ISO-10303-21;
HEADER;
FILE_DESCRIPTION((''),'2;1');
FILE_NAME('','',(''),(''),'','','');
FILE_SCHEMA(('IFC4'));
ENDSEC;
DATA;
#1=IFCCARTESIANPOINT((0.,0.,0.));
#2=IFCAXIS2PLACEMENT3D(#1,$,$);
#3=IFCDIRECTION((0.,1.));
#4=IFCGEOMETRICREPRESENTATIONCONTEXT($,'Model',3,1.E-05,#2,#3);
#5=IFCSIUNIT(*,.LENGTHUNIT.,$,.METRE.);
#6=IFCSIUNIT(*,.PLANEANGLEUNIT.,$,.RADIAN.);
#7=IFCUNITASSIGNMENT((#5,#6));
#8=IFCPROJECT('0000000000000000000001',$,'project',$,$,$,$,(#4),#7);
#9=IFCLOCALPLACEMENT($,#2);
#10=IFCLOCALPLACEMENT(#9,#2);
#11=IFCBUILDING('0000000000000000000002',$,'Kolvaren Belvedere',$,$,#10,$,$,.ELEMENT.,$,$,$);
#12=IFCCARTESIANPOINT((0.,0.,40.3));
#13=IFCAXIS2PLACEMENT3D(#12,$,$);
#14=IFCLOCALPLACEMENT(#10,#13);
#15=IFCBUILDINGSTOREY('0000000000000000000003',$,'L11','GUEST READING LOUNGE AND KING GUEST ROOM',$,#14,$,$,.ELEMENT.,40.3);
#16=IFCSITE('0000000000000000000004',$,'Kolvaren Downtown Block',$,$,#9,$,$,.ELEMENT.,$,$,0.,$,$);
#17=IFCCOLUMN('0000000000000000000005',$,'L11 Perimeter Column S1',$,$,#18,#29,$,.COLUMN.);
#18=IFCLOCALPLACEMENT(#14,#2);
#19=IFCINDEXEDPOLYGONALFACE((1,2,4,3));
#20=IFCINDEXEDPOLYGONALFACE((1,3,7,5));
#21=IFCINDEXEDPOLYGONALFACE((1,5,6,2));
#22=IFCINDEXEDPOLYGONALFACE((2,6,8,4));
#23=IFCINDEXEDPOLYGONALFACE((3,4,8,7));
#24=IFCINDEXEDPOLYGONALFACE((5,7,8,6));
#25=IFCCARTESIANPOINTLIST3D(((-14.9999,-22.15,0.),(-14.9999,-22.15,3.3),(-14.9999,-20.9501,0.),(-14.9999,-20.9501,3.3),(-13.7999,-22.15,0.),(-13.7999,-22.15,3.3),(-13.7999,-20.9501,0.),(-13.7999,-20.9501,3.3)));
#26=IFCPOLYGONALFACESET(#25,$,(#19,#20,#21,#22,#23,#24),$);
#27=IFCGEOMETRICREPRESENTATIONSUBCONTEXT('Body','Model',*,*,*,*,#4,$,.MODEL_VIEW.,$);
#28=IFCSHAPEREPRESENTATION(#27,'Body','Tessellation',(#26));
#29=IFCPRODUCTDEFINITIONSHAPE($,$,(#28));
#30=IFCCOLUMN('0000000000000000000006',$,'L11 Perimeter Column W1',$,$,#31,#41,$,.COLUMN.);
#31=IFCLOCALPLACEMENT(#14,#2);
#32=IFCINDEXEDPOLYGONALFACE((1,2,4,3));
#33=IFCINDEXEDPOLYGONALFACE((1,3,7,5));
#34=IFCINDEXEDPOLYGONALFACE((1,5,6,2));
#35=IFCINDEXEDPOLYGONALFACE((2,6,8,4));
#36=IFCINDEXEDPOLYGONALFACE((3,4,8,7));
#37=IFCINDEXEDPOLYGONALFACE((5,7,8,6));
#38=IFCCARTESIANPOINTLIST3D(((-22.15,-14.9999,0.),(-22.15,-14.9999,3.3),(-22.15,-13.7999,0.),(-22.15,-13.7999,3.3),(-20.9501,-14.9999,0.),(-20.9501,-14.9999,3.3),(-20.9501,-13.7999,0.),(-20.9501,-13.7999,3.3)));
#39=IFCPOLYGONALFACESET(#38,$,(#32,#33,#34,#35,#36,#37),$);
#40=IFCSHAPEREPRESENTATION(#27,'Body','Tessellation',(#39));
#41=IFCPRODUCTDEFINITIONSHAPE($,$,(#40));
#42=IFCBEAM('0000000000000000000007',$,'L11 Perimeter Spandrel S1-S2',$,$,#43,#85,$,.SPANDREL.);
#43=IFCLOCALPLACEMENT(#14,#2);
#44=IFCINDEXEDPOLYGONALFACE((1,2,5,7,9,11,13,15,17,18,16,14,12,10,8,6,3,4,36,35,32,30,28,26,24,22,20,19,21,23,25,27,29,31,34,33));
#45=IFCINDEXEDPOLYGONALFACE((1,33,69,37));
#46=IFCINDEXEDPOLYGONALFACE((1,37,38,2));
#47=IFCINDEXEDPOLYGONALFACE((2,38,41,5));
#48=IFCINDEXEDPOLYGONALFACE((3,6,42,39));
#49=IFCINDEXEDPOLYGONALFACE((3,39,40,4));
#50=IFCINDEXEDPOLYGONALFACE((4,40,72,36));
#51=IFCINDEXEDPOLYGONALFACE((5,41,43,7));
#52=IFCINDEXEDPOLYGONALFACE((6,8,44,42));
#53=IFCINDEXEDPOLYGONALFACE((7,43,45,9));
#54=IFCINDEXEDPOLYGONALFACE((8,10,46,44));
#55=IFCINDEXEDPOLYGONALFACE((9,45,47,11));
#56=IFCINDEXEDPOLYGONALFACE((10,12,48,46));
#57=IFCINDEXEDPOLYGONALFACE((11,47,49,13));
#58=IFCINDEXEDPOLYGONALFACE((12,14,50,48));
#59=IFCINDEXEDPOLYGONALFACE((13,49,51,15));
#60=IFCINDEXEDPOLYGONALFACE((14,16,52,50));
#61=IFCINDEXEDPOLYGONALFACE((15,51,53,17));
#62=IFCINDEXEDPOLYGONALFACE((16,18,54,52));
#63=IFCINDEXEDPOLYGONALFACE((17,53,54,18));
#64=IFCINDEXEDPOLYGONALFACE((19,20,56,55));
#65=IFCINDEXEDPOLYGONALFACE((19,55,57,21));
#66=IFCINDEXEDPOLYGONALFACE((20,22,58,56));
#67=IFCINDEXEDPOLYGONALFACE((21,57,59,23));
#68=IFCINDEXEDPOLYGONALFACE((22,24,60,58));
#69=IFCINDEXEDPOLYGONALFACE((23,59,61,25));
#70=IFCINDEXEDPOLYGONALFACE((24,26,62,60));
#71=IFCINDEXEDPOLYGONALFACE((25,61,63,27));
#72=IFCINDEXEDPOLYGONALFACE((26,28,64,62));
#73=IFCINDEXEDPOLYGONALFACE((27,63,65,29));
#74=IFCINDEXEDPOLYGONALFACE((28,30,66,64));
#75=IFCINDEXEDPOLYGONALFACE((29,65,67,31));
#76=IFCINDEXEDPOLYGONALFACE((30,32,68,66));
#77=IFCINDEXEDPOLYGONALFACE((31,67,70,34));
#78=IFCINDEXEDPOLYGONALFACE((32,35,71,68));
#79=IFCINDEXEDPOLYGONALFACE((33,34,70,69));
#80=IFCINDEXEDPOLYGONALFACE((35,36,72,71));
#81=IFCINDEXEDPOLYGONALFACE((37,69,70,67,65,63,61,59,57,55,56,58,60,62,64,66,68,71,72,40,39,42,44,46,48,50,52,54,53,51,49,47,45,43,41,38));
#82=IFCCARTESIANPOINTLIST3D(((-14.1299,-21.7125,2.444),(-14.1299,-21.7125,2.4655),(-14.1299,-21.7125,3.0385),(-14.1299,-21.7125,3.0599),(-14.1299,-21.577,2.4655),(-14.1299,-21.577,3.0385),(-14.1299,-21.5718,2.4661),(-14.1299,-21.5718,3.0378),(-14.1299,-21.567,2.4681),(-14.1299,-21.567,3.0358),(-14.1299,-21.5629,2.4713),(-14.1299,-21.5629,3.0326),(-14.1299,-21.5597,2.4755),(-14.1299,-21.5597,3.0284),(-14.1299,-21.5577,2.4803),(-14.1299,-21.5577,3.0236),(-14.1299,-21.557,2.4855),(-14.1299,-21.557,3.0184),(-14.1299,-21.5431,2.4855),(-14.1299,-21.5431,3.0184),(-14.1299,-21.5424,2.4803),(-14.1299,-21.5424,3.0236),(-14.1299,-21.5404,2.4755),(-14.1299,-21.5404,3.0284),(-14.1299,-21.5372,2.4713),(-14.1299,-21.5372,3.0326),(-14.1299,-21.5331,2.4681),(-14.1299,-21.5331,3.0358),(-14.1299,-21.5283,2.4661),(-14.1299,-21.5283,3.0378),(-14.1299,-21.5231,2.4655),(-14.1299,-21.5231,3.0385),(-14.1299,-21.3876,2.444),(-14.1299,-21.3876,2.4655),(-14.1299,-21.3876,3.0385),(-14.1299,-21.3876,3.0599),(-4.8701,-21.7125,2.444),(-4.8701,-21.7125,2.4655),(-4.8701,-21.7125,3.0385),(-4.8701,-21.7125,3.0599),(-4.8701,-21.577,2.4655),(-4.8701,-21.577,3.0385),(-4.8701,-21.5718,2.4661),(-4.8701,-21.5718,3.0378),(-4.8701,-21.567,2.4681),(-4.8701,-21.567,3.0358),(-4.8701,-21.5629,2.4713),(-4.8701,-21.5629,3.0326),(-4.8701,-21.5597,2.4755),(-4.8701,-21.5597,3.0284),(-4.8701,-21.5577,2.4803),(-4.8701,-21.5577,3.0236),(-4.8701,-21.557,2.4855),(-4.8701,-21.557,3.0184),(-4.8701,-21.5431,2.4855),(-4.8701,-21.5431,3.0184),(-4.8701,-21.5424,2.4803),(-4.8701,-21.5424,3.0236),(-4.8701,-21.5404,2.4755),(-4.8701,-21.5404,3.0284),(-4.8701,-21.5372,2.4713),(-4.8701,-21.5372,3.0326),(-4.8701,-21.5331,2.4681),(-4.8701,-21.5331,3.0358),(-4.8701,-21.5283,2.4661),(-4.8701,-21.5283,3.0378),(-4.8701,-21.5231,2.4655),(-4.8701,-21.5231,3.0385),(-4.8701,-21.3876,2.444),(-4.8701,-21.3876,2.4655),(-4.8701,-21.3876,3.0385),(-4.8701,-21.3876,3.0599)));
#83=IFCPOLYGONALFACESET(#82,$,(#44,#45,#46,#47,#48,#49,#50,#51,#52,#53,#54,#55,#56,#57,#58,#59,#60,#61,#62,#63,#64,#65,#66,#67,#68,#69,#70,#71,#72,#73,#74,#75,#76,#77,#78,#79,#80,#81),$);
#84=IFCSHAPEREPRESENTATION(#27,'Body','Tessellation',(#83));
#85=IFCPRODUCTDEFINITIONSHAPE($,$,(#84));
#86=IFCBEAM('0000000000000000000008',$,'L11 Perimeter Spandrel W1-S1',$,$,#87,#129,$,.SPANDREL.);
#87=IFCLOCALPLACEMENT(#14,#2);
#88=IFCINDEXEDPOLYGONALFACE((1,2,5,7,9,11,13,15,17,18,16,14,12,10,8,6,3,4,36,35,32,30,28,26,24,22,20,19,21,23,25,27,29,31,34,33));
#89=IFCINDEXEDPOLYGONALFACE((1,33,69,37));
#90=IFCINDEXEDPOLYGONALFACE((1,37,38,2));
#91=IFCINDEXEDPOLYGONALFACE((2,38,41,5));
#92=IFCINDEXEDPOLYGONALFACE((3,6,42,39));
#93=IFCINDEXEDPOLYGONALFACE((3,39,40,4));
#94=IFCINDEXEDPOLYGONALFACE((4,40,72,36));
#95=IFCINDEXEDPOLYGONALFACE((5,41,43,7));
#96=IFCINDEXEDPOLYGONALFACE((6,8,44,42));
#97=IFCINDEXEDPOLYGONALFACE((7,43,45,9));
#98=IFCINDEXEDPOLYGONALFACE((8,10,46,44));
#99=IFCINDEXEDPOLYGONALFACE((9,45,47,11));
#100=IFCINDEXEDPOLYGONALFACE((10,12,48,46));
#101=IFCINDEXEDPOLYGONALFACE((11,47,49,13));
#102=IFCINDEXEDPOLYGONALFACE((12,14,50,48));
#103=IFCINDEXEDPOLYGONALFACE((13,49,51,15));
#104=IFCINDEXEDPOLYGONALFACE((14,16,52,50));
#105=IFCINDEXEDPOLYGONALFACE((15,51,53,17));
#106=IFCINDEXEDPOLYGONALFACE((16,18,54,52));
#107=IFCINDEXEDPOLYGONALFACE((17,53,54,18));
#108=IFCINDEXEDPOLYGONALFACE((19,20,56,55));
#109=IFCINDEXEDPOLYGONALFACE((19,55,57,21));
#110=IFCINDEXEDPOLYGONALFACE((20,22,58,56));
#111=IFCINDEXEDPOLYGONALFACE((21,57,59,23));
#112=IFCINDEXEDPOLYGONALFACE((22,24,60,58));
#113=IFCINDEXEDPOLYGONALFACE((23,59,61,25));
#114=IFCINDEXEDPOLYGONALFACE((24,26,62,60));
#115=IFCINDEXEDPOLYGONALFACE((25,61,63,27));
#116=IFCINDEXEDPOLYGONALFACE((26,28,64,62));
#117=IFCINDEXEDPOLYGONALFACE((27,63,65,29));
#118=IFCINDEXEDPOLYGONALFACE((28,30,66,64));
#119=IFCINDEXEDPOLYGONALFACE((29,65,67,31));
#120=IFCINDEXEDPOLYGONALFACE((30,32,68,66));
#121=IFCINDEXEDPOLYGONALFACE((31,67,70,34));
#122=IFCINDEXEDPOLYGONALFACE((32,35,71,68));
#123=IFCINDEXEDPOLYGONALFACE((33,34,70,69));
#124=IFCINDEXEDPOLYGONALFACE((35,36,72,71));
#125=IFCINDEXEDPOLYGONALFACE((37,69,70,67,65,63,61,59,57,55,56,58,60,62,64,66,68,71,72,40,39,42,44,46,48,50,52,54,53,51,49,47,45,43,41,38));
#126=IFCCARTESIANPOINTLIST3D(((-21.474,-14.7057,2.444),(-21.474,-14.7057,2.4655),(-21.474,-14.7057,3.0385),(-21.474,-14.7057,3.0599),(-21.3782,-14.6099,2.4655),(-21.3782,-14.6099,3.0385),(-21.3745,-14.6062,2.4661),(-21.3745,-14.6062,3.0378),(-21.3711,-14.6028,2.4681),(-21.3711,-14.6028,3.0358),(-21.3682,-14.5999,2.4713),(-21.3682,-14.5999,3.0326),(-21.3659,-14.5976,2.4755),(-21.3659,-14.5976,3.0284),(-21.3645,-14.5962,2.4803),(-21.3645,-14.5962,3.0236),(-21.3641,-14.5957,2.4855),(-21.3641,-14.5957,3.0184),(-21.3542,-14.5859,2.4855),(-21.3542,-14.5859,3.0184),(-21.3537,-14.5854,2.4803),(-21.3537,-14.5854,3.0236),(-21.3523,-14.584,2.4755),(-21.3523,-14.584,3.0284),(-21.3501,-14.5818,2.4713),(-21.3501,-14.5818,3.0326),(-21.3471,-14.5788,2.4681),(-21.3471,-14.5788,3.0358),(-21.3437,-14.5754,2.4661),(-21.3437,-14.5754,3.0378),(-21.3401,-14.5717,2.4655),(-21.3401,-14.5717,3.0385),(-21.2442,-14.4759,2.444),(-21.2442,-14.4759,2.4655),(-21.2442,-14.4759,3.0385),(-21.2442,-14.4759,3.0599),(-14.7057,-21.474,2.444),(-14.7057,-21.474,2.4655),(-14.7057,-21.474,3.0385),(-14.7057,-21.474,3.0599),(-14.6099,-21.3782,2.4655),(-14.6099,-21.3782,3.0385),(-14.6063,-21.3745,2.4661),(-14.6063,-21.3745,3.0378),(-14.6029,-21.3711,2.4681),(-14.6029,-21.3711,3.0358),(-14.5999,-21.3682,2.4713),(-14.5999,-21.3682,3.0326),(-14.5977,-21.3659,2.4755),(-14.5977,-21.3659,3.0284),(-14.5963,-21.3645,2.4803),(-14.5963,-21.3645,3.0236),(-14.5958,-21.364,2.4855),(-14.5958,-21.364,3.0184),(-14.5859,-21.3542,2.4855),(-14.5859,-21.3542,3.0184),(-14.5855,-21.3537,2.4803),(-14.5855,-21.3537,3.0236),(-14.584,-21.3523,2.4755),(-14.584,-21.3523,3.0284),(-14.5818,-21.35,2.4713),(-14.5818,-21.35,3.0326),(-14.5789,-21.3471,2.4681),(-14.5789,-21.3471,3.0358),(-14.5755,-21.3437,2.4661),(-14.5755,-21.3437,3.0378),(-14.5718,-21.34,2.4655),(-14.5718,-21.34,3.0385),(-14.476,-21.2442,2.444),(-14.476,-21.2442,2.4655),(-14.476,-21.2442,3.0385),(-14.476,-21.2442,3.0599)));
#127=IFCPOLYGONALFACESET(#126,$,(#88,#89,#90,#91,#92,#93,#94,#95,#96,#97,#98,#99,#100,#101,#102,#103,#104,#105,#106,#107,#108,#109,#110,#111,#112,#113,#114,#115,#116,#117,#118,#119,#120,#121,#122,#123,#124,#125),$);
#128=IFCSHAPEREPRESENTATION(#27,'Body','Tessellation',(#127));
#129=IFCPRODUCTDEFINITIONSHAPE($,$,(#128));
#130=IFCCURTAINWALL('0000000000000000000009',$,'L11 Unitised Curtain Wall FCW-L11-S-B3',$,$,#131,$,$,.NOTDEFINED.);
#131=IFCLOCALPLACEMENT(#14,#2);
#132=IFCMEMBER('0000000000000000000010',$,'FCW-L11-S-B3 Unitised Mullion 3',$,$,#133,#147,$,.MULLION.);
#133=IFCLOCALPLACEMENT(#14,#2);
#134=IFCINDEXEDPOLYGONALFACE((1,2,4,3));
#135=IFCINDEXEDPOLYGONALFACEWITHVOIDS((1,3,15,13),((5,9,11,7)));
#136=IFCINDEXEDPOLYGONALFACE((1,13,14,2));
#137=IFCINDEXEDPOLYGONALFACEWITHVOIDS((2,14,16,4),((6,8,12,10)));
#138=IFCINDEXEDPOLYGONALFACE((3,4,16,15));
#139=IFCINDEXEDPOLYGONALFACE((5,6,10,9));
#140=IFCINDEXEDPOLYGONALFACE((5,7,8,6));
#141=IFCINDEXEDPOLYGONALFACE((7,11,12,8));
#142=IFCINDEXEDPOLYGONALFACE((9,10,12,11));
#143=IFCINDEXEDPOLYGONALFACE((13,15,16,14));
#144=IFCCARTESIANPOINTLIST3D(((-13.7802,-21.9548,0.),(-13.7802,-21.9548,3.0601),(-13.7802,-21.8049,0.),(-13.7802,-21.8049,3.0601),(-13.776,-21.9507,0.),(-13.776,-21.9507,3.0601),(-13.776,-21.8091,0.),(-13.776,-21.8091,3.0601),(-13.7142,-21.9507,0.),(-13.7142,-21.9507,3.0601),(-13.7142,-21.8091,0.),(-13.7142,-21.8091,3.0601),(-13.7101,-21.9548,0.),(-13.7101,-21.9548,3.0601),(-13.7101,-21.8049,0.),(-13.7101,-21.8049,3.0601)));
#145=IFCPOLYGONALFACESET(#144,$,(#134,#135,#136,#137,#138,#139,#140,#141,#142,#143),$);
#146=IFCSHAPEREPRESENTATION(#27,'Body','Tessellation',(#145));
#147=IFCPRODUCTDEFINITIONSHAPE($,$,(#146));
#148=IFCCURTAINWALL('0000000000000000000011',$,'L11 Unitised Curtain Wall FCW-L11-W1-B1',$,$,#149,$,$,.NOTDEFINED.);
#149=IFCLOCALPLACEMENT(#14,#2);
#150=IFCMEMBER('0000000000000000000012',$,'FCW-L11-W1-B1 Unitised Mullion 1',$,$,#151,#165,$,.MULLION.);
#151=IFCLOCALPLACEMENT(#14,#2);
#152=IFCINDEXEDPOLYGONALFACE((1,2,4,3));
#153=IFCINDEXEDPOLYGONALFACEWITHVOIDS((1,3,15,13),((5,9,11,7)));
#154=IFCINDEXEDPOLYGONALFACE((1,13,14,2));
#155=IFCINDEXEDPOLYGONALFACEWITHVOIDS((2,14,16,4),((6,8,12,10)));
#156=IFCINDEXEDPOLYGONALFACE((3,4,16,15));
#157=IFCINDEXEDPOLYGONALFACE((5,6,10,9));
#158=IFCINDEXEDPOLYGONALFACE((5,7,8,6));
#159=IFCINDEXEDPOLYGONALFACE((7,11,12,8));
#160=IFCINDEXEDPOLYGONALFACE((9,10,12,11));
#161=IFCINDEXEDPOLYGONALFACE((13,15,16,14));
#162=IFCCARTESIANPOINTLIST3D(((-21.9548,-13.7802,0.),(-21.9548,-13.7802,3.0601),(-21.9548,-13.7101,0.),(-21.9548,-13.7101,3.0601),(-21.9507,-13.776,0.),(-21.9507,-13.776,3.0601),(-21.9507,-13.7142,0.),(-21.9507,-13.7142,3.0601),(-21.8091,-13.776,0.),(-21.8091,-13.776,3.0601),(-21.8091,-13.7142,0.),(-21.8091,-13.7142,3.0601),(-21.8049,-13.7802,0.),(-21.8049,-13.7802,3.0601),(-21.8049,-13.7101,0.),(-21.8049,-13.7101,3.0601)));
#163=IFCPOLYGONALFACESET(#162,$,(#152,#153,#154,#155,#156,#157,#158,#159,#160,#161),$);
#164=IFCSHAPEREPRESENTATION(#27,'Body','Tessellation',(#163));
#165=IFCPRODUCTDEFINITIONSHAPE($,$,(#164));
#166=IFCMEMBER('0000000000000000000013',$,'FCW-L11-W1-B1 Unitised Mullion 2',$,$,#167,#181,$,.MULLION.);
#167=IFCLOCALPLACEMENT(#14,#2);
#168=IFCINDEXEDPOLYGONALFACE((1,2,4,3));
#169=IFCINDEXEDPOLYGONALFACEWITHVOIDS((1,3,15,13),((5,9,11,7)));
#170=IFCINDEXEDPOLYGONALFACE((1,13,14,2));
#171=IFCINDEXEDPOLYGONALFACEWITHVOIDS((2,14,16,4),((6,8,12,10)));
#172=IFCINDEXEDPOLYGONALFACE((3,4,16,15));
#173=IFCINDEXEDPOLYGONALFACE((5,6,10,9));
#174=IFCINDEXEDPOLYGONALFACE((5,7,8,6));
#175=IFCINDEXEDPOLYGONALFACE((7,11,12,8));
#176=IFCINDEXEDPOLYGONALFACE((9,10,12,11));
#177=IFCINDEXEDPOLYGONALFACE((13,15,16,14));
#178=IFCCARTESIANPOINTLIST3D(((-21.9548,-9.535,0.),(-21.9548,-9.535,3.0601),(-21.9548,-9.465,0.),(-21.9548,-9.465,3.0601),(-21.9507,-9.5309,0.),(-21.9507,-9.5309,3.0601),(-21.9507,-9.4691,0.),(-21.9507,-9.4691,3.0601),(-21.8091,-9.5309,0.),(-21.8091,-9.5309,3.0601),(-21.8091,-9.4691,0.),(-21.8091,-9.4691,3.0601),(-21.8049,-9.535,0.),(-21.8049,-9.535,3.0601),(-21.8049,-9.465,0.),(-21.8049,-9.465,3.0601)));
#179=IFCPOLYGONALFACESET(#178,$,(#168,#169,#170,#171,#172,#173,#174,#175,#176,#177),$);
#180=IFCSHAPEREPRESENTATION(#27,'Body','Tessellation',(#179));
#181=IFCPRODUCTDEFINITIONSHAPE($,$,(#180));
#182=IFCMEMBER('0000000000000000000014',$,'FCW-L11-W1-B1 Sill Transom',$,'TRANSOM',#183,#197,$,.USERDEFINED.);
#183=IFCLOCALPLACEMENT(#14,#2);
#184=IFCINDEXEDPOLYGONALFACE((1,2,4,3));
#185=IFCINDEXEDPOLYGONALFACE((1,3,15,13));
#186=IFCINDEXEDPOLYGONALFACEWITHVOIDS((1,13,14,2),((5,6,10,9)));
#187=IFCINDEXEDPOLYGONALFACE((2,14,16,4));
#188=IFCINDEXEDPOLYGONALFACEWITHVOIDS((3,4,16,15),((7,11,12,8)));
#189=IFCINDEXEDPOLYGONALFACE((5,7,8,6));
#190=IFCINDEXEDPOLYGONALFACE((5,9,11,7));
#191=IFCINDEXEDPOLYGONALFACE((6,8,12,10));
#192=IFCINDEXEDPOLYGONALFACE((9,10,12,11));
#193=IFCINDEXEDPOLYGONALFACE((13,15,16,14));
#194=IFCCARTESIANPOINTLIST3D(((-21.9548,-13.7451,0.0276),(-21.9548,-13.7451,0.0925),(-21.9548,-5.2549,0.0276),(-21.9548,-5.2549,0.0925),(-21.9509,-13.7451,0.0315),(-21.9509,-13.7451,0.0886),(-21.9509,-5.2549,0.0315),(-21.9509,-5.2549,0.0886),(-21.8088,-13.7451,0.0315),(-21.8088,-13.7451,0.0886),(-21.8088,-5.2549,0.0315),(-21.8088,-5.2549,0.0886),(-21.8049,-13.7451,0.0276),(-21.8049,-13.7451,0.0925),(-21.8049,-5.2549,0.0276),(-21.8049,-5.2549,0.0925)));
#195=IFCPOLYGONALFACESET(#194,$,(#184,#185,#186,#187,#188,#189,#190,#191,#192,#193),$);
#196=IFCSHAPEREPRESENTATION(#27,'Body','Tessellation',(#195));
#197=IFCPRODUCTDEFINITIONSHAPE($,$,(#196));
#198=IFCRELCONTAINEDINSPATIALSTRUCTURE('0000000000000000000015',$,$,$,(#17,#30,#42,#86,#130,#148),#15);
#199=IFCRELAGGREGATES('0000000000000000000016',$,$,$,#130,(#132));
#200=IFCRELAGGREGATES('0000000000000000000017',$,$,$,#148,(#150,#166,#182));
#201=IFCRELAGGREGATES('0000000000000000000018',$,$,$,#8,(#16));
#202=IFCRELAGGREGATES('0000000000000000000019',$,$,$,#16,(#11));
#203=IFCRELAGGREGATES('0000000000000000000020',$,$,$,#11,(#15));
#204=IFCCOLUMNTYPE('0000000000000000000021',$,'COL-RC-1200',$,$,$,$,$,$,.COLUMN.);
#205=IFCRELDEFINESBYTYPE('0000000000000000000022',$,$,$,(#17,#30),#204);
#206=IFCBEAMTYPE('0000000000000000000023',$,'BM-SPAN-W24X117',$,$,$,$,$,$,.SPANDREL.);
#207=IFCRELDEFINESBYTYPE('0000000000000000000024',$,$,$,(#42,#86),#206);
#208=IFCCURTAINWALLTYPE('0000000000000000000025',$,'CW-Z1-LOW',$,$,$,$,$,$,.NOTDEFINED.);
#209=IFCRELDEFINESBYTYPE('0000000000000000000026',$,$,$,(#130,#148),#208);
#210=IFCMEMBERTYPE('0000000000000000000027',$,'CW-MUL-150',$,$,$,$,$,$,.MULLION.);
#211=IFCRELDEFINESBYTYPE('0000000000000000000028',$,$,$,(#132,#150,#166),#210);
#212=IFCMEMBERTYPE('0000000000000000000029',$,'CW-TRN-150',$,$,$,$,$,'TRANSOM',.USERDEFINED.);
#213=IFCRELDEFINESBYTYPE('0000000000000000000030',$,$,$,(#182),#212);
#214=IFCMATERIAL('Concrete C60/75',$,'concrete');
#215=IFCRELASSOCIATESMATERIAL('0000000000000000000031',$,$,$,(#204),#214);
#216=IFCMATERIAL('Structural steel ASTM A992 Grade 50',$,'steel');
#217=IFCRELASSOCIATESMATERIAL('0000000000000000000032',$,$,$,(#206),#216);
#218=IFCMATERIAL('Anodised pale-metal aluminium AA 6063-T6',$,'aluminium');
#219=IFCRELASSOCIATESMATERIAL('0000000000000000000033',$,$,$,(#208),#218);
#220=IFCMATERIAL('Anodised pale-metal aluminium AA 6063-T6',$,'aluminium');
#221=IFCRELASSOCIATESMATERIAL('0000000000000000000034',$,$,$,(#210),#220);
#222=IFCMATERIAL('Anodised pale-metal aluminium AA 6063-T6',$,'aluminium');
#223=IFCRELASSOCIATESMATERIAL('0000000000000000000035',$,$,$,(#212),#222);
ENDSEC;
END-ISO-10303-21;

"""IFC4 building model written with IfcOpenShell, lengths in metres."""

from ifc_helpers import new_model, si_unit, direction, frame, origin, origin_2d, place, context, subcontext, project, spatial, rectangle, hollow_rectangle, i_section, extrude, material, material_profile, profile_set, type_object, element, aggregate, save


model = new_model("IFC4")

# Units and contexts
model_context = context("Model", 3, precision=1e-05, world=origin(), true_north=direction((0.0, 1.0)))
body_context = subcontext(model_context, "Body", "Model", "MODEL_VIEW")
ifc_project = project(units=[si_unit("LENGTHUNIT", "METRE"), si_unit("PLANEANGLEUNIT", "RADIAN")], contexts=[model_context])

# Site, building, storey
site_placement = place(None, origin())
site = spatial("IfcSite", under=ifc_project, at=site_placement, Name="Kolvaren Downtown Block", CompositionType="ELEMENT", RefElevation=0.0)
building_placement = place(site_placement, origin())
building = spatial("IfcBuilding", under=site, at=building_placement, Name="Kolvaren Belvedere", CompositionType="ELEMENT")
storey_placement = place(building_placement, frame((0.0, 0.0, 40.3)))
storey = spatial("IfcBuildingStorey", under=building, at=storey_placement, Name="L11", Description="GUEST READING LOUNGE AND KING GUEST ROOM", CompositionType="ELEMENT", Elevation=40.3)

# Columns
ifc_material_1 = material(Name="Concrete C60/75", Category="concrete")
ifc_material_profile_1 = material_profile(ifc_material_1, rectangle(XDim=1.2, YDim=1.2, at=origin_2d()), Name="RC 1200X1200")
ifc_profile_set_1 = profile_set([ifc_material_profile_1], Name="Concrete C60/75")
column_type = type_object("IfcColumnType", Name="COL-RC-1200", PredefinedType="COLUMN", material=ifc_profile_set_1)
for number, where, z_axis, x_axis, name in (
    (1, (-14.3999, -21.55, 0.0), (0.0, 0.0, 1.0), (1.0, 0.0, 0.0), "L11 Perimeter Column S1"),
    (2, (-21.55, -14.3999, 0.0), (0.0, 0.0, 1.0), (1.0, 0.0, 0.0), "L11 Perimeter Column W1"),
):
    element("IfcColumn", number, at=place(storey_placement, frame(where, z_axis=z_axis, x_axis=x_axis)), inside=storey, type_object=column_type, Name=name, PredefinedType="COLUMN", context=body_context, shape_type="SweptSolid", body=[
        extrude(rectangle(XDim=1.2, YDim=1.2, at=origin_2d()), origin(), (0.0, 0.0, 1.0), 3.3),
    ])

# Beams
ifc_material_2 = material(Name="Structural steel ASTM A992 Grade 50", Category="steel")
ifc_material_profile_2 = material_profile(ifc_material_2, i_section(OverallWidth=0.325, OverallDepth=0.616, WebThickness=0.0139, FlangeThickness=0.0215, FilletRadius=0.02, at=origin_2d()), Name="W24X117")
ifc_profile_set_2 = profile_set([ifc_material_profile_2], Name="Structural steel ASTM A992 Grade 50")
beam_type = type_object("IfcBeamType", Name="BM-SPAN-W24X117", PredefinedType="SPANDREL", material=ifc_profile_set_2)
beam_1_placement = place(storey_placement, frame((-14.1299, -21.55, 2.752), z_axis=(1.0, 0.0, 0.0), x_axis=(0.0, 1.0, 0.0)))
element("IfcBeam", 3, at=beam_1_placement, inside=storey, type_object=beam_type, Name="L11 Perimeter Spandrel S1-S2", PredefinedType="SPANDREL", context=body_context, shape_type="SweptSolid", body=[
    extrude(i_section(OverallWidth=0.325, OverallDepth=0.616, WebThickness=0.0139, FlangeThickness=0.0215, FilletRadius=0.02, at=origin_2d()), origin(), (0.0, 0.0, 1.0), 9.2598),
])
beam_2_placement = place(storey_placement, frame((-21.3591, -14.5908, 2.752), z_axis=(0.707107, -0.707107, 0.0), x_axis=(0.707107, 0.707107, 0.0)))
element("IfcBeam", 4, at=beam_2_placement, inside=storey, type_object=beam_type, Name="L11 Perimeter Spandrel W1-S1", PredefinedType="SPANDREL", context=body_context, shape_type="SweptSolid", body=[
    extrude(i_section(OverallWidth=0.325, OverallDepth=0.616, WebThickness=0.0139, FlangeThickness=0.0215, FilletRadius=0.02, at=origin_2d()), origin(), (0.0, 0.0, 1.0), 9.5718),
])

# Curtain wall, member
ifc_material_3 = material(Name="Anodised pale-metal aluminium AA 6063-T6", Category="aluminium")
curtain_wall_type = type_object("IfcCurtainWallType", Name="CW-Z1-LOW", PredefinedType="NOTDEFINED", material=ifc_material_3)
curtain_wall_1_placement = place(storey_placement, origin())
curtain_wall_1 = element("IfcCurtainWall", 5, at=curtain_wall_1_placement, inside=storey, type_object=curtain_wall_type, Name="L11 Unitised Curtain Wall FCW-L11-S-B3", PredefinedType="NOTDEFINED")
ifc_material_4 = material(Name="Anodised pale-metal aluminium AA 6063-T6", Category="aluminium")
ifc_material_profile_3 = material_profile(ifc_material_4, hollow_rectangle(XDim=0.0701, YDim=0.1499, WallThickness=0.0042, at=origin_2d()), Name="ALU-MUL-150X70")
ifc_profile_set_3 = profile_set([ifc_material_profile_3], Name="Anodised pale-metal aluminium AA 6063-T6")
member_type_1 = type_object("IfcMemberType", Name="CW-MUL-150", PredefinedType="MULLION", material=ifc_profile_set_3)
member_1_placement = place(storey_placement, frame((-13.7451, -21.8799, 0.0), z_axis=(0.0, 0.0, 1.0), x_axis=(1.0, 0.0, 0.0)))
member_1 = element("IfcMember", 6, at=member_1_placement, type_object=member_type_1, Name="FCW-L11-S-B3 Unitised Mullion 3", PredefinedType="MULLION", context=body_context, shape_type="SweptSolid", body=[
    extrude(hollow_rectangle(XDim=0.0701, YDim=0.1499, WallThickness=0.0042, at=origin_2d()), origin(), (0.0, 0.0, 1.0), 3.0601),
])
aggregate(curtain_wall_1, [member_1])

# Curtain wall, members
curtain_wall_2_placement = place(storey_placement, origin())
curtain_wall_2 = element("IfcCurtainWall", 7, at=curtain_wall_2_placement, inside=storey, type_object=curtain_wall_type, Name="L11 Unitised Curtain Wall FCW-L11-W1-B1", PredefinedType="NOTDEFINED")
member_2_placement = place(storey_placement, frame((-21.8799, -13.7451, 0.0), z_axis=(0.0, 0.0, 1.0), x_axis=(0.0, 1.0, 0.0)))
member_2 = element("IfcMember", 8, at=member_2_placement, type_object=member_type_1, Name="FCW-L11-W1-B1 Unitised Mullion 1", PredefinedType="MULLION", context=body_context, shape_type="SweptSolid", body=[
    extrude(hollow_rectangle(XDim=0.0701, YDim=0.1499, WallThickness=0.0042, at=origin_2d()), origin(), (0.0, 0.0, 1.0), 3.0601),
])
member_3_placement = place(storey_placement, frame((-21.8799, -9.5, 0.0), z_axis=(0.0, 0.0, 1.0), x_axis=(0.0, 1.0, 0.0)))
member_3 = element("IfcMember", 9, at=member_3_placement, type_object=member_type_1, Name="FCW-L11-W1-B1 Unitised Mullion 2", PredefinedType="MULLION", context=body_context, shape_type="SweptSolid", body=[
    extrude(hollow_rectangle(XDim=0.0701, YDim=0.1499, WallThickness=0.0042, at=origin_2d()), origin(), (0.0, 0.0, 1.0), 3.0601),
])
ifc_material_5 = material(Name="Anodised pale-metal aluminium AA 6063-T6", Category="aluminium")
ifc_material_profile_4 = material_profile(ifc_material_5, hollow_rectangle(XDim=0.0649, YDim=0.1499, WallThickness=0.0039, at=origin_2d()), Name="ALU-TRN-150X65")
ifc_profile_set_4 = profile_set([ifc_material_profile_4], Name="Anodised pale-metal aluminium AA 6063-T6")
member_type_2 = type_object("IfcMemberType", Name="CW-TRN-150", ElementType="TRANSOM", PredefinedType="USERDEFINED", material=ifc_profile_set_4)
member_4_placement = place(storey_placement, frame((-21.8799, -13.7451, 0.0601), z_axis=(0.0, 1.0, 0.0), x_axis=(0.0, 0.0, 1.0)))
member_4 = element("IfcMember", 10, at=member_4_placement, type_object=member_type_2, Name="FCW-L11-W1-B1 Sill Transom", ObjectType="TRANSOM", PredefinedType="USERDEFINED", context=body_context, shape_type="SweptSolid", body=[
    extrude(hollow_rectangle(XDim=0.0649, YDim=0.1499, WallThickness=0.0039, at=origin_2d()), origin(), (0.0, 0.0, 1.0), 8.4902),
])
aggregate(curtain_wall_2, [member_2, member_3, member_4])

save(model, "model.ifc")
